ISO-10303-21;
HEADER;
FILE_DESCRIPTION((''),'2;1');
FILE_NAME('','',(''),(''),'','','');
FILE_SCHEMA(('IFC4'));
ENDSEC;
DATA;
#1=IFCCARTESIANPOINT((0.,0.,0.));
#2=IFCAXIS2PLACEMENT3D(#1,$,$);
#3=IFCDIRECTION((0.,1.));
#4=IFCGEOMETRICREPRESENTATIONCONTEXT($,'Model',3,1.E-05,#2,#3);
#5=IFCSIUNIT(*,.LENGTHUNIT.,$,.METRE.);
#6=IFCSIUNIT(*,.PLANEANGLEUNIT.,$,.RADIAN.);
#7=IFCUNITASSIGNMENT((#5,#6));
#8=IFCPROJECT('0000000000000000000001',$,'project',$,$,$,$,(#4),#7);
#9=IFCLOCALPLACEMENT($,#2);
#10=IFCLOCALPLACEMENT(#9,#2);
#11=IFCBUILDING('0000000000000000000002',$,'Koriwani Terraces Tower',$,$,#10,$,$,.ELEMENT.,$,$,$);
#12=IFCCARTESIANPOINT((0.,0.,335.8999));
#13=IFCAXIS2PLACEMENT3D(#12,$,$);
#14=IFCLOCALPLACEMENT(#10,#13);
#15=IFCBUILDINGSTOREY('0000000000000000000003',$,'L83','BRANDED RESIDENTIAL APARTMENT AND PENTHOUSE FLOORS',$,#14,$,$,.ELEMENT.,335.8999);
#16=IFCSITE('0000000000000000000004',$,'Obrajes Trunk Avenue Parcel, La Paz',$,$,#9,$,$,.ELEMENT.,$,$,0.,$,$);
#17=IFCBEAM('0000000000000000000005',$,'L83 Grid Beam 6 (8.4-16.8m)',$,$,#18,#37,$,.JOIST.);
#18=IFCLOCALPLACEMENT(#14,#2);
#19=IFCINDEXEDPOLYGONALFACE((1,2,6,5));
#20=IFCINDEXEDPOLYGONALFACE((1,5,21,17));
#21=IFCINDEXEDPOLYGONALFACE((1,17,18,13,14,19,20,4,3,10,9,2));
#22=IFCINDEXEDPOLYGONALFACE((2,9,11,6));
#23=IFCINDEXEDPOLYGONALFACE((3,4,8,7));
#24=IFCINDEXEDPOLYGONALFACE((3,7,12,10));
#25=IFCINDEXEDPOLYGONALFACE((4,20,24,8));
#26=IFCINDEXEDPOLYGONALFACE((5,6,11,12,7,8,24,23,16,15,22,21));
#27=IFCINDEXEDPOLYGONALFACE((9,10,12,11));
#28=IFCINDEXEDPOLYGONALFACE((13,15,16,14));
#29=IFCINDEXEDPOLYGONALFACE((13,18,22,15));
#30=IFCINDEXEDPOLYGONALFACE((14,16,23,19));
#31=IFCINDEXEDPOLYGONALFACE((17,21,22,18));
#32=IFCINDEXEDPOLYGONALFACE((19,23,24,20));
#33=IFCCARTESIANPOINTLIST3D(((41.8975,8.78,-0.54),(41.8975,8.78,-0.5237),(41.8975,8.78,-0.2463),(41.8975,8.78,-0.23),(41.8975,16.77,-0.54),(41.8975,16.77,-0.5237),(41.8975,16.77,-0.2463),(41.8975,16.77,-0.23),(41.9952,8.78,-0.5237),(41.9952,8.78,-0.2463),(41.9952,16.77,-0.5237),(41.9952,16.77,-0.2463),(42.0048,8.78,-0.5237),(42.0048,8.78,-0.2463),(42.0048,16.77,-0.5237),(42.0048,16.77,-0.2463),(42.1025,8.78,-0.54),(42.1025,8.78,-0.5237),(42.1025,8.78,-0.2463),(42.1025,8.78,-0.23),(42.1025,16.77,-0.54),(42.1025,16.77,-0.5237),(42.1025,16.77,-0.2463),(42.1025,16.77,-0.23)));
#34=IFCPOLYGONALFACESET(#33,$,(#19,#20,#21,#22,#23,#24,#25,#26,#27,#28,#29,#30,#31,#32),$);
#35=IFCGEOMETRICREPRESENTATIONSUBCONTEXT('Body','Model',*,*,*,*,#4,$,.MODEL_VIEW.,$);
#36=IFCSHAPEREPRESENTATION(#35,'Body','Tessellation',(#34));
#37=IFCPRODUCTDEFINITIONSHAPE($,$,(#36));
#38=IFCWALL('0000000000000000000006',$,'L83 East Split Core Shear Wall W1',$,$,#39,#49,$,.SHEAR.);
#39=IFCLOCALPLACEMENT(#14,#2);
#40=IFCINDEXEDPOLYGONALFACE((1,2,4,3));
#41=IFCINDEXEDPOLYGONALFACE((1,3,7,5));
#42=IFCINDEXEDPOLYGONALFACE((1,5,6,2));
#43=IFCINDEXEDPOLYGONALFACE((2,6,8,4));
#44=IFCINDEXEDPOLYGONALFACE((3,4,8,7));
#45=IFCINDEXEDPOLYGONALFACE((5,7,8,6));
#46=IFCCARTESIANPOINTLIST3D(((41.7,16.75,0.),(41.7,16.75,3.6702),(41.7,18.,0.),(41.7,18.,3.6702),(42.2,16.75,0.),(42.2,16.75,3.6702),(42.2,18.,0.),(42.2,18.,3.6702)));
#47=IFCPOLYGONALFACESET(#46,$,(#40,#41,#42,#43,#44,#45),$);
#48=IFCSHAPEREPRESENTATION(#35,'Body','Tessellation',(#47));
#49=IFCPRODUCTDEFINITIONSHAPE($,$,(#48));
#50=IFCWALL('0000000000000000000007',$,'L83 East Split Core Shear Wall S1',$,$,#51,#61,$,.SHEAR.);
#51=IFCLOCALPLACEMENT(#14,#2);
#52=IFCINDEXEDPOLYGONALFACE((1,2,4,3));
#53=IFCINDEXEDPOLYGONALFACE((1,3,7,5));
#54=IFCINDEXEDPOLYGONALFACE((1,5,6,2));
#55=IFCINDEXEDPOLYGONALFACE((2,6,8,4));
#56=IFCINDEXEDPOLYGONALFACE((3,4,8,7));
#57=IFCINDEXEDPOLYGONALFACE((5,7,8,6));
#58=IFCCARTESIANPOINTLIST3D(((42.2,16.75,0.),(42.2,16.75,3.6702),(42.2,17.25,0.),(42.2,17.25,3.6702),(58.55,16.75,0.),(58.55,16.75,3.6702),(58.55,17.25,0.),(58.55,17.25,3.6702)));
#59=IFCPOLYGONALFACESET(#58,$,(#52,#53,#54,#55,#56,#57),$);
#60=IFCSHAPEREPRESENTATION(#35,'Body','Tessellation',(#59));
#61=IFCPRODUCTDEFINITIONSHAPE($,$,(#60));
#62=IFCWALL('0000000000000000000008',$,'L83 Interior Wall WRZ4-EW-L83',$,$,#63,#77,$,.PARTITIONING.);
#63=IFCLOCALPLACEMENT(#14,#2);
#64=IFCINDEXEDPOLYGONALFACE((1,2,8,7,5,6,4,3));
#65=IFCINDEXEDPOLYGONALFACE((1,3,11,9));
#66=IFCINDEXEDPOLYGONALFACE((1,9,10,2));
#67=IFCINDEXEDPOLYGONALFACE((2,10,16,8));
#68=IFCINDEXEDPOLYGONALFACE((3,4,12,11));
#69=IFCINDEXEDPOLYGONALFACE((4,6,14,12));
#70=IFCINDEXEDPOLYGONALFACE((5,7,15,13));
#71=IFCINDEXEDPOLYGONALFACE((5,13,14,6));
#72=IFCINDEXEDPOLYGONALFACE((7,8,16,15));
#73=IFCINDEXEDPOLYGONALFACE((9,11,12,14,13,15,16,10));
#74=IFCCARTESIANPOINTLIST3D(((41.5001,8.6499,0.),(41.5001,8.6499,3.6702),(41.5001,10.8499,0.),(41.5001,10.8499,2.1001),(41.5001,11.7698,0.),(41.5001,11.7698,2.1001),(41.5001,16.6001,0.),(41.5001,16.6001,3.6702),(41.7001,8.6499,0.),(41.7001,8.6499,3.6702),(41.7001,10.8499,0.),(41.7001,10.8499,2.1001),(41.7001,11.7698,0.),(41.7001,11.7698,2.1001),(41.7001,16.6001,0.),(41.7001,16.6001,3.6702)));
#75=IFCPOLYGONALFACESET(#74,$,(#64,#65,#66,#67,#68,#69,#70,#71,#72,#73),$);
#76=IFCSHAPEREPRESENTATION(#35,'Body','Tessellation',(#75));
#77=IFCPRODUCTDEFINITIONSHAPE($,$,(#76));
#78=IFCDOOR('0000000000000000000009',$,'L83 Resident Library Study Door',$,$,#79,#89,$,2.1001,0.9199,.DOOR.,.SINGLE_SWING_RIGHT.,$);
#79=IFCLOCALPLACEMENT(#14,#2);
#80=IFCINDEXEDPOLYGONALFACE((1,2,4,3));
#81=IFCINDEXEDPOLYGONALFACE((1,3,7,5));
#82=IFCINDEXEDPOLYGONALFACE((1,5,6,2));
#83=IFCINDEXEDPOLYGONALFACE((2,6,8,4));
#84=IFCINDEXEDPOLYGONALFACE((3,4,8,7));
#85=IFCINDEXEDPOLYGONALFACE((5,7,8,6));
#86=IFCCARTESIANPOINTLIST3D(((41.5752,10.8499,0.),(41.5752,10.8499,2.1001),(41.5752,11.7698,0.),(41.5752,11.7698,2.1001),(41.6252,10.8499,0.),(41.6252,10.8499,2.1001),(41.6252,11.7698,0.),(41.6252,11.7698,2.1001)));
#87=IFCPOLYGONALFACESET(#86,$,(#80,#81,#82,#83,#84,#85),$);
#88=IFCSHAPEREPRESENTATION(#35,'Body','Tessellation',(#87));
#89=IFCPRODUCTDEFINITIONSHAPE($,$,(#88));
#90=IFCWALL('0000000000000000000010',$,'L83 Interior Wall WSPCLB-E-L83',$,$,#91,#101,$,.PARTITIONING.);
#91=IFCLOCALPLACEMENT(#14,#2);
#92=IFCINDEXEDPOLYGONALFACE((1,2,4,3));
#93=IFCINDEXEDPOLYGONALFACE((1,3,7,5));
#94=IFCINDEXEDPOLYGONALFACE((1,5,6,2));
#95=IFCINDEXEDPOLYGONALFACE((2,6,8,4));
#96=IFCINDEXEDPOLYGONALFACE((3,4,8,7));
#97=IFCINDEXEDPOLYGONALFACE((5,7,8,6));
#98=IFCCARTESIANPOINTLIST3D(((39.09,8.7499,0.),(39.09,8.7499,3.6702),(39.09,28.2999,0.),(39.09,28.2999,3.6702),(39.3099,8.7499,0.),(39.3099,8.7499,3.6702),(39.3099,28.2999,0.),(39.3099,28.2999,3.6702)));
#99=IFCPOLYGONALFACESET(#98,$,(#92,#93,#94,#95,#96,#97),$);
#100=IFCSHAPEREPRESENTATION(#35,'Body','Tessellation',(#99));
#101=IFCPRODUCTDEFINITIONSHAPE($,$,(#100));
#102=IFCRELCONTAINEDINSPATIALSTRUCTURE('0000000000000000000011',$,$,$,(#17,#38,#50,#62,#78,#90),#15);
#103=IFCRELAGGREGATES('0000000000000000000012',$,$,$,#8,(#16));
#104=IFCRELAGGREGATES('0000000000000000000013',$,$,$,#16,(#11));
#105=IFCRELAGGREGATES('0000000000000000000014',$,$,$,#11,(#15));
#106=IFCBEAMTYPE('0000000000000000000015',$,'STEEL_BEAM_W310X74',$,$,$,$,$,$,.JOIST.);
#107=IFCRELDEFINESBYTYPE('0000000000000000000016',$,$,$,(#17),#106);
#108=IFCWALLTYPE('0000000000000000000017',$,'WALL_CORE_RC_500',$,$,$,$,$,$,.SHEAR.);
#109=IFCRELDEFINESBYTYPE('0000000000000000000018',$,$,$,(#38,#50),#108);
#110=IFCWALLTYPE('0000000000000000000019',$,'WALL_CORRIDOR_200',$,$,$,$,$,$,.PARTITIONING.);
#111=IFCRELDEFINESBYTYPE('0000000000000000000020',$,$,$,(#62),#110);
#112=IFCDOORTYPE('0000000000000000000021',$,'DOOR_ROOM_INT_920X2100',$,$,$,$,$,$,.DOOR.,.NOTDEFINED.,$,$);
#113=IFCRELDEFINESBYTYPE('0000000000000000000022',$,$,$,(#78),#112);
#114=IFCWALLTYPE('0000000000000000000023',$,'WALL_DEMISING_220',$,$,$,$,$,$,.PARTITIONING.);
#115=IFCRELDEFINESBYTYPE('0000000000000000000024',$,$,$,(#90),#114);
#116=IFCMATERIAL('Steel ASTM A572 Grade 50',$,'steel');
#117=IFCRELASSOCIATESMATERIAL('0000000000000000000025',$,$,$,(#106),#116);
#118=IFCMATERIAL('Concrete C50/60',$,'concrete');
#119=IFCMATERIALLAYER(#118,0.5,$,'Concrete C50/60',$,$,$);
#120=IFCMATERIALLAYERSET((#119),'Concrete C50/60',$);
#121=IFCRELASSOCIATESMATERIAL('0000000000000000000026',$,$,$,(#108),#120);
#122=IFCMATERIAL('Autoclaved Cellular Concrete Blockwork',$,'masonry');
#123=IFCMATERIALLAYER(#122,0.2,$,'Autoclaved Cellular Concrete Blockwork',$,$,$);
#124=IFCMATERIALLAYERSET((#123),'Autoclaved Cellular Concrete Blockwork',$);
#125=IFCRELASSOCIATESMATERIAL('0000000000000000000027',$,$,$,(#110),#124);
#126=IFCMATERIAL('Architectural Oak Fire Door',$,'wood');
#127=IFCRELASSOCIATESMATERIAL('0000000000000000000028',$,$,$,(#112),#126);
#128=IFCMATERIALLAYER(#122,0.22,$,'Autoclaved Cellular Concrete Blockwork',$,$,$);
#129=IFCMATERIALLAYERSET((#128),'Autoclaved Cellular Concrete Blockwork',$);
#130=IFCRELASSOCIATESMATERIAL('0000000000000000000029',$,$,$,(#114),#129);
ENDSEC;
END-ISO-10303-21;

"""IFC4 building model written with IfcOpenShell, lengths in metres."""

from ifc_helpers import new_model, si_unit, direction, frame, frame_2d, origin, origin_2d, place, context, subcontext, project, spatial, rectangle, i_section, extrude, material, layer, layer_set, material_profile, profile_set, type_object, element, fill, save


model = new_model("IFC4")

# Units and contexts
model_context = context("Model", 3, precision=1e-05, world=origin(), true_north=direction((0.0, 1.0)))
body_context = subcontext(model_context, "Body", "Model", "MODEL_VIEW")
ifc_project = project(units=[si_unit("LENGTHUNIT", "METRE"), si_unit("PLANEANGLEUNIT", "RADIAN")], contexts=[model_context])

# Site, building, storey
site_placement = place(None, origin())
site = spatial("IfcSite", under=ifc_project, at=site_placement, Name="Obrajes Trunk Avenue Parcel, La Paz", CompositionType="ELEMENT", RefElevation=0.0)
building_placement = place(site_placement, origin())
building = spatial("IfcBuilding", under=site, at=building_placement, Name="Koriwani Terraces Tower", CompositionType="ELEMENT")
storey_placement = place(building_placement, frame((0.0, 0.0, 335.8999)))
storey = spatial("IfcBuildingStorey", under=building, at=storey_placement, Name="L83", Description="BRANDED RESIDENTIAL APARTMENT AND PENTHOUSE FLOORS", CompositionType="ELEMENT", Elevation=335.8999)

# Shared definitions
ifc_material_1 = material(Name="Concrete C50/60", Category="concrete")

# Beam
ifc_material_2 = material(Name="Steel ASTM A572 Grade 50", Category="steel")
ifc_material_profile_1 = material_profile(ifc_material_2, i_section(OverallWidth=0.2051, OverallDepth=0.3101, WebThickness=0.0095, FlangeThickness=0.0164, at=origin_2d()), Name="Steel ASTM A572 Grade 50", Category="LoadBearing")
ifc_profile_set_1 = profile_set([ifc_material_profile_1], Name="Steel ASTM A572 Grade 50")
beam_type_1 = type_object("IfcBeamType", Name="STEEL_BEAM_W310X74", PredefinedType="JOIST", material=ifc_profile_set_1)
beam_1_placement = place(storey_placement, frame((42.0, 8.78, -0.385), z_axis=(0.0, 1.0, 0.0), x_axis=(-1.0, 0.0, 0.0)))
element("IfcBeam", 1, at=beam_1_placement, inside=storey, type_object=beam_type_1, Name="L83 Grid Beam 6 (8.4-16.8m)", PredefinedType="JOIST", context=body_context, shape_type="SweptSolid", body=[
    extrude(i_section(OverallWidth=0.2051, OverallDepth=0.3101, WebThickness=0.0095, FlangeThickness=0.0164, at=origin_2d()), origin(), (0.0, 0.0, 1.0), 7.99),
])

# Walls
ifc_layer_1 = layer(ifc_material_1, 0.5, Name="Concrete C50/60")
ifc_layer_set_1 = layer_set([ifc_layer_1], Name="Concrete C50/60")
wall_type_1 = type_object("IfcWallType", Name="WALL_CORE_RC_500", PredefinedType="SHEAR", material=ifc_layer_set_1)
wall_1_placement = place(storey_placement, frame((41.95, 16.75, 0.0), z_axis=(0.0, 0.0, 1.0), x_axis=(0.0, 1.0, 0.0)))
element("IfcWall", 2, at=wall_1_placement, inside=storey, type_object=wall_type_1, Name="L83 East Split Core Shear Wall W1", PredefinedType="SHEAR", context=body_context, shape_type="SweptSolid", body=[
    extrude(rectangle(XDim=1.25, YDim=0.5, at=frame_2d((0.625, 0.0))), origin(), (0.0, 0.0, 1.0), 3.6702),
])
wall_2_placement = place(storey_placement, frame((42.2, 17.0, 0.0), z_axis=(0.0, 0.0, 1.0), x_axis=(1.0, 0.0, 0.0)))
element("IfcWall", 3, at=wall_2_placement, inside=storey, type_object=wall_type_1, Name="L83 East Split Core Shear Wall S1", PredefinedType="SHEAR", context=body_context, shape_type="SweptSolid", body=[
    extrude(rectangle(XDim=16.3501, YDim=0.5, at=frame_2d((8.175, 0.0))), origin(), (0.0, 0.0, 1.0), 3.6702),
])

# Wall, opening, door
ifc_material_3 = material(Name="Autoclaved Cellular Concrete Blockwork", Category="masonry")
ifc_layer_2 = layer(ifc_material_3, 0.2, Name="Autoclaved Cellular Concrete Blockwork")
ifc_layer_set_2 = layer_set([ifc_layer_2], Name="Autoclaved Cellular Concrete Blockwork")
wall_type_2 = type_object("IfcWallType", Name="WALL_CORRIDOR_200", PredefinedType="PARTITIONING", material=ifc_layer_set_2)
wall_3_placement = place(storey_placement, frame((41.6001, 8.6499, 0.0), z_axis=(0.0, 0.0, 1.0), x_axis=(0.0, 1.0, 0.0)))
wall_3 = element("IfcWall", 4, at=wall_3_placement, inside=storey, type_object=wall_type_2, Name="L83 Interior Wall WRZ4-EW-L83", PredefinedType="PARTITIONING", context=body_context, shape_type="SweptSolid", body=[
    extrude(rectangle(XDim=7.9502, YDim=0.2, at=frame_2d((3.9751, 0.0))), origin(), (0.0, 0.0, 1.0), 3.6702),
])
opening_placement = place(wall_3_placement, frame((2.2, 0.0, 0.0)))
opening = element("IfcOpeningElement", 5, at=opening_placement, cuts=wall_3, PredefinedType="OPENING", context=body_context, shape_type="SweptSolid", body=[
    extrude(rectangle(XDim=0.9199, YDim=2.1001, at=frame_2d((0.46, 1.05))), frame((0.0, 0.1099, 0.0), z_axis=(0.0, -1.0, 0.0), x_axis=(1.0, 0.0, 0.0)), (0.0, 0.0, 1.0), 0.22),
])
ifc_material_4 = material(Name="Architectural Oak Fire Door", Category="wood")
door_type = type_object("IfcDoorType", Name="DOOR_ROOM_INT_920X2100", OperationType="NOTDEFINED", PredefinedType="DOOR", material=ifc_material_4)
door_placement = place(opening_placement, origin())
door = element("IfcDoor", 6, at=door_placement, inside=storey, type_object=door_type, Name="L83 Resident Library Study Door", OperationType="SINGLE_SWING_RIGHT", OverallHeight=2.1001, OverallWidth=0.9199, PredefinedType="DOOR", context=body_context, shape_type="SweptSolid", body=[
    extrude(rectangle(XDim=0.9199, YDim=2.1001, at=frame_2d((0.46, 1.05))), frame((0.0, 0.0249, 0.0), z_axis=(0.0, -1.0, 0.0), x_axis=(1.0, 0.0, 0.0)), (0.0, 0.0, 1.0), 0.05),
])
fill(opening, door)

# Wall
ifc_layer_3 = layer(ifc_material_3, 0.22, Name="Autoclaved Cellular Concrete Blockwork")
ifc_layer_set_3 = layer_set([ifc_layer_3], Name="Autoclaved Cellular Concrete Blockwork")
wall_type_3 = type_object("IfcWallType", Name="WALL_DEMISING_220", PredefinedType="PARTITIONING", material=ifc_layer_set_3)
wall_4_placement = place(storey_placement, frame((39.2, 8.75, 0.0), z_axis=(0.0, 0.0, 1.0), x_axis=(0.0, 1.0, 0.0)))
element("IfcWall", 7, at=wall_4_placement, inside=storey, type_object=wall_type_3, Name="L83 Interior Wall WSPCLB-E-L83", PredefinedType="PARTITIONING", context=body_context, shape_type="SweptSolid", body=[
    extrude(rectangle(XDim=19.55, YDim=0.22, at=frame_2d((9.7749, 0.0))), origin(), (0.0, 0.0, 1.0), 3.6702),
])

save(model, "model.ifc")
